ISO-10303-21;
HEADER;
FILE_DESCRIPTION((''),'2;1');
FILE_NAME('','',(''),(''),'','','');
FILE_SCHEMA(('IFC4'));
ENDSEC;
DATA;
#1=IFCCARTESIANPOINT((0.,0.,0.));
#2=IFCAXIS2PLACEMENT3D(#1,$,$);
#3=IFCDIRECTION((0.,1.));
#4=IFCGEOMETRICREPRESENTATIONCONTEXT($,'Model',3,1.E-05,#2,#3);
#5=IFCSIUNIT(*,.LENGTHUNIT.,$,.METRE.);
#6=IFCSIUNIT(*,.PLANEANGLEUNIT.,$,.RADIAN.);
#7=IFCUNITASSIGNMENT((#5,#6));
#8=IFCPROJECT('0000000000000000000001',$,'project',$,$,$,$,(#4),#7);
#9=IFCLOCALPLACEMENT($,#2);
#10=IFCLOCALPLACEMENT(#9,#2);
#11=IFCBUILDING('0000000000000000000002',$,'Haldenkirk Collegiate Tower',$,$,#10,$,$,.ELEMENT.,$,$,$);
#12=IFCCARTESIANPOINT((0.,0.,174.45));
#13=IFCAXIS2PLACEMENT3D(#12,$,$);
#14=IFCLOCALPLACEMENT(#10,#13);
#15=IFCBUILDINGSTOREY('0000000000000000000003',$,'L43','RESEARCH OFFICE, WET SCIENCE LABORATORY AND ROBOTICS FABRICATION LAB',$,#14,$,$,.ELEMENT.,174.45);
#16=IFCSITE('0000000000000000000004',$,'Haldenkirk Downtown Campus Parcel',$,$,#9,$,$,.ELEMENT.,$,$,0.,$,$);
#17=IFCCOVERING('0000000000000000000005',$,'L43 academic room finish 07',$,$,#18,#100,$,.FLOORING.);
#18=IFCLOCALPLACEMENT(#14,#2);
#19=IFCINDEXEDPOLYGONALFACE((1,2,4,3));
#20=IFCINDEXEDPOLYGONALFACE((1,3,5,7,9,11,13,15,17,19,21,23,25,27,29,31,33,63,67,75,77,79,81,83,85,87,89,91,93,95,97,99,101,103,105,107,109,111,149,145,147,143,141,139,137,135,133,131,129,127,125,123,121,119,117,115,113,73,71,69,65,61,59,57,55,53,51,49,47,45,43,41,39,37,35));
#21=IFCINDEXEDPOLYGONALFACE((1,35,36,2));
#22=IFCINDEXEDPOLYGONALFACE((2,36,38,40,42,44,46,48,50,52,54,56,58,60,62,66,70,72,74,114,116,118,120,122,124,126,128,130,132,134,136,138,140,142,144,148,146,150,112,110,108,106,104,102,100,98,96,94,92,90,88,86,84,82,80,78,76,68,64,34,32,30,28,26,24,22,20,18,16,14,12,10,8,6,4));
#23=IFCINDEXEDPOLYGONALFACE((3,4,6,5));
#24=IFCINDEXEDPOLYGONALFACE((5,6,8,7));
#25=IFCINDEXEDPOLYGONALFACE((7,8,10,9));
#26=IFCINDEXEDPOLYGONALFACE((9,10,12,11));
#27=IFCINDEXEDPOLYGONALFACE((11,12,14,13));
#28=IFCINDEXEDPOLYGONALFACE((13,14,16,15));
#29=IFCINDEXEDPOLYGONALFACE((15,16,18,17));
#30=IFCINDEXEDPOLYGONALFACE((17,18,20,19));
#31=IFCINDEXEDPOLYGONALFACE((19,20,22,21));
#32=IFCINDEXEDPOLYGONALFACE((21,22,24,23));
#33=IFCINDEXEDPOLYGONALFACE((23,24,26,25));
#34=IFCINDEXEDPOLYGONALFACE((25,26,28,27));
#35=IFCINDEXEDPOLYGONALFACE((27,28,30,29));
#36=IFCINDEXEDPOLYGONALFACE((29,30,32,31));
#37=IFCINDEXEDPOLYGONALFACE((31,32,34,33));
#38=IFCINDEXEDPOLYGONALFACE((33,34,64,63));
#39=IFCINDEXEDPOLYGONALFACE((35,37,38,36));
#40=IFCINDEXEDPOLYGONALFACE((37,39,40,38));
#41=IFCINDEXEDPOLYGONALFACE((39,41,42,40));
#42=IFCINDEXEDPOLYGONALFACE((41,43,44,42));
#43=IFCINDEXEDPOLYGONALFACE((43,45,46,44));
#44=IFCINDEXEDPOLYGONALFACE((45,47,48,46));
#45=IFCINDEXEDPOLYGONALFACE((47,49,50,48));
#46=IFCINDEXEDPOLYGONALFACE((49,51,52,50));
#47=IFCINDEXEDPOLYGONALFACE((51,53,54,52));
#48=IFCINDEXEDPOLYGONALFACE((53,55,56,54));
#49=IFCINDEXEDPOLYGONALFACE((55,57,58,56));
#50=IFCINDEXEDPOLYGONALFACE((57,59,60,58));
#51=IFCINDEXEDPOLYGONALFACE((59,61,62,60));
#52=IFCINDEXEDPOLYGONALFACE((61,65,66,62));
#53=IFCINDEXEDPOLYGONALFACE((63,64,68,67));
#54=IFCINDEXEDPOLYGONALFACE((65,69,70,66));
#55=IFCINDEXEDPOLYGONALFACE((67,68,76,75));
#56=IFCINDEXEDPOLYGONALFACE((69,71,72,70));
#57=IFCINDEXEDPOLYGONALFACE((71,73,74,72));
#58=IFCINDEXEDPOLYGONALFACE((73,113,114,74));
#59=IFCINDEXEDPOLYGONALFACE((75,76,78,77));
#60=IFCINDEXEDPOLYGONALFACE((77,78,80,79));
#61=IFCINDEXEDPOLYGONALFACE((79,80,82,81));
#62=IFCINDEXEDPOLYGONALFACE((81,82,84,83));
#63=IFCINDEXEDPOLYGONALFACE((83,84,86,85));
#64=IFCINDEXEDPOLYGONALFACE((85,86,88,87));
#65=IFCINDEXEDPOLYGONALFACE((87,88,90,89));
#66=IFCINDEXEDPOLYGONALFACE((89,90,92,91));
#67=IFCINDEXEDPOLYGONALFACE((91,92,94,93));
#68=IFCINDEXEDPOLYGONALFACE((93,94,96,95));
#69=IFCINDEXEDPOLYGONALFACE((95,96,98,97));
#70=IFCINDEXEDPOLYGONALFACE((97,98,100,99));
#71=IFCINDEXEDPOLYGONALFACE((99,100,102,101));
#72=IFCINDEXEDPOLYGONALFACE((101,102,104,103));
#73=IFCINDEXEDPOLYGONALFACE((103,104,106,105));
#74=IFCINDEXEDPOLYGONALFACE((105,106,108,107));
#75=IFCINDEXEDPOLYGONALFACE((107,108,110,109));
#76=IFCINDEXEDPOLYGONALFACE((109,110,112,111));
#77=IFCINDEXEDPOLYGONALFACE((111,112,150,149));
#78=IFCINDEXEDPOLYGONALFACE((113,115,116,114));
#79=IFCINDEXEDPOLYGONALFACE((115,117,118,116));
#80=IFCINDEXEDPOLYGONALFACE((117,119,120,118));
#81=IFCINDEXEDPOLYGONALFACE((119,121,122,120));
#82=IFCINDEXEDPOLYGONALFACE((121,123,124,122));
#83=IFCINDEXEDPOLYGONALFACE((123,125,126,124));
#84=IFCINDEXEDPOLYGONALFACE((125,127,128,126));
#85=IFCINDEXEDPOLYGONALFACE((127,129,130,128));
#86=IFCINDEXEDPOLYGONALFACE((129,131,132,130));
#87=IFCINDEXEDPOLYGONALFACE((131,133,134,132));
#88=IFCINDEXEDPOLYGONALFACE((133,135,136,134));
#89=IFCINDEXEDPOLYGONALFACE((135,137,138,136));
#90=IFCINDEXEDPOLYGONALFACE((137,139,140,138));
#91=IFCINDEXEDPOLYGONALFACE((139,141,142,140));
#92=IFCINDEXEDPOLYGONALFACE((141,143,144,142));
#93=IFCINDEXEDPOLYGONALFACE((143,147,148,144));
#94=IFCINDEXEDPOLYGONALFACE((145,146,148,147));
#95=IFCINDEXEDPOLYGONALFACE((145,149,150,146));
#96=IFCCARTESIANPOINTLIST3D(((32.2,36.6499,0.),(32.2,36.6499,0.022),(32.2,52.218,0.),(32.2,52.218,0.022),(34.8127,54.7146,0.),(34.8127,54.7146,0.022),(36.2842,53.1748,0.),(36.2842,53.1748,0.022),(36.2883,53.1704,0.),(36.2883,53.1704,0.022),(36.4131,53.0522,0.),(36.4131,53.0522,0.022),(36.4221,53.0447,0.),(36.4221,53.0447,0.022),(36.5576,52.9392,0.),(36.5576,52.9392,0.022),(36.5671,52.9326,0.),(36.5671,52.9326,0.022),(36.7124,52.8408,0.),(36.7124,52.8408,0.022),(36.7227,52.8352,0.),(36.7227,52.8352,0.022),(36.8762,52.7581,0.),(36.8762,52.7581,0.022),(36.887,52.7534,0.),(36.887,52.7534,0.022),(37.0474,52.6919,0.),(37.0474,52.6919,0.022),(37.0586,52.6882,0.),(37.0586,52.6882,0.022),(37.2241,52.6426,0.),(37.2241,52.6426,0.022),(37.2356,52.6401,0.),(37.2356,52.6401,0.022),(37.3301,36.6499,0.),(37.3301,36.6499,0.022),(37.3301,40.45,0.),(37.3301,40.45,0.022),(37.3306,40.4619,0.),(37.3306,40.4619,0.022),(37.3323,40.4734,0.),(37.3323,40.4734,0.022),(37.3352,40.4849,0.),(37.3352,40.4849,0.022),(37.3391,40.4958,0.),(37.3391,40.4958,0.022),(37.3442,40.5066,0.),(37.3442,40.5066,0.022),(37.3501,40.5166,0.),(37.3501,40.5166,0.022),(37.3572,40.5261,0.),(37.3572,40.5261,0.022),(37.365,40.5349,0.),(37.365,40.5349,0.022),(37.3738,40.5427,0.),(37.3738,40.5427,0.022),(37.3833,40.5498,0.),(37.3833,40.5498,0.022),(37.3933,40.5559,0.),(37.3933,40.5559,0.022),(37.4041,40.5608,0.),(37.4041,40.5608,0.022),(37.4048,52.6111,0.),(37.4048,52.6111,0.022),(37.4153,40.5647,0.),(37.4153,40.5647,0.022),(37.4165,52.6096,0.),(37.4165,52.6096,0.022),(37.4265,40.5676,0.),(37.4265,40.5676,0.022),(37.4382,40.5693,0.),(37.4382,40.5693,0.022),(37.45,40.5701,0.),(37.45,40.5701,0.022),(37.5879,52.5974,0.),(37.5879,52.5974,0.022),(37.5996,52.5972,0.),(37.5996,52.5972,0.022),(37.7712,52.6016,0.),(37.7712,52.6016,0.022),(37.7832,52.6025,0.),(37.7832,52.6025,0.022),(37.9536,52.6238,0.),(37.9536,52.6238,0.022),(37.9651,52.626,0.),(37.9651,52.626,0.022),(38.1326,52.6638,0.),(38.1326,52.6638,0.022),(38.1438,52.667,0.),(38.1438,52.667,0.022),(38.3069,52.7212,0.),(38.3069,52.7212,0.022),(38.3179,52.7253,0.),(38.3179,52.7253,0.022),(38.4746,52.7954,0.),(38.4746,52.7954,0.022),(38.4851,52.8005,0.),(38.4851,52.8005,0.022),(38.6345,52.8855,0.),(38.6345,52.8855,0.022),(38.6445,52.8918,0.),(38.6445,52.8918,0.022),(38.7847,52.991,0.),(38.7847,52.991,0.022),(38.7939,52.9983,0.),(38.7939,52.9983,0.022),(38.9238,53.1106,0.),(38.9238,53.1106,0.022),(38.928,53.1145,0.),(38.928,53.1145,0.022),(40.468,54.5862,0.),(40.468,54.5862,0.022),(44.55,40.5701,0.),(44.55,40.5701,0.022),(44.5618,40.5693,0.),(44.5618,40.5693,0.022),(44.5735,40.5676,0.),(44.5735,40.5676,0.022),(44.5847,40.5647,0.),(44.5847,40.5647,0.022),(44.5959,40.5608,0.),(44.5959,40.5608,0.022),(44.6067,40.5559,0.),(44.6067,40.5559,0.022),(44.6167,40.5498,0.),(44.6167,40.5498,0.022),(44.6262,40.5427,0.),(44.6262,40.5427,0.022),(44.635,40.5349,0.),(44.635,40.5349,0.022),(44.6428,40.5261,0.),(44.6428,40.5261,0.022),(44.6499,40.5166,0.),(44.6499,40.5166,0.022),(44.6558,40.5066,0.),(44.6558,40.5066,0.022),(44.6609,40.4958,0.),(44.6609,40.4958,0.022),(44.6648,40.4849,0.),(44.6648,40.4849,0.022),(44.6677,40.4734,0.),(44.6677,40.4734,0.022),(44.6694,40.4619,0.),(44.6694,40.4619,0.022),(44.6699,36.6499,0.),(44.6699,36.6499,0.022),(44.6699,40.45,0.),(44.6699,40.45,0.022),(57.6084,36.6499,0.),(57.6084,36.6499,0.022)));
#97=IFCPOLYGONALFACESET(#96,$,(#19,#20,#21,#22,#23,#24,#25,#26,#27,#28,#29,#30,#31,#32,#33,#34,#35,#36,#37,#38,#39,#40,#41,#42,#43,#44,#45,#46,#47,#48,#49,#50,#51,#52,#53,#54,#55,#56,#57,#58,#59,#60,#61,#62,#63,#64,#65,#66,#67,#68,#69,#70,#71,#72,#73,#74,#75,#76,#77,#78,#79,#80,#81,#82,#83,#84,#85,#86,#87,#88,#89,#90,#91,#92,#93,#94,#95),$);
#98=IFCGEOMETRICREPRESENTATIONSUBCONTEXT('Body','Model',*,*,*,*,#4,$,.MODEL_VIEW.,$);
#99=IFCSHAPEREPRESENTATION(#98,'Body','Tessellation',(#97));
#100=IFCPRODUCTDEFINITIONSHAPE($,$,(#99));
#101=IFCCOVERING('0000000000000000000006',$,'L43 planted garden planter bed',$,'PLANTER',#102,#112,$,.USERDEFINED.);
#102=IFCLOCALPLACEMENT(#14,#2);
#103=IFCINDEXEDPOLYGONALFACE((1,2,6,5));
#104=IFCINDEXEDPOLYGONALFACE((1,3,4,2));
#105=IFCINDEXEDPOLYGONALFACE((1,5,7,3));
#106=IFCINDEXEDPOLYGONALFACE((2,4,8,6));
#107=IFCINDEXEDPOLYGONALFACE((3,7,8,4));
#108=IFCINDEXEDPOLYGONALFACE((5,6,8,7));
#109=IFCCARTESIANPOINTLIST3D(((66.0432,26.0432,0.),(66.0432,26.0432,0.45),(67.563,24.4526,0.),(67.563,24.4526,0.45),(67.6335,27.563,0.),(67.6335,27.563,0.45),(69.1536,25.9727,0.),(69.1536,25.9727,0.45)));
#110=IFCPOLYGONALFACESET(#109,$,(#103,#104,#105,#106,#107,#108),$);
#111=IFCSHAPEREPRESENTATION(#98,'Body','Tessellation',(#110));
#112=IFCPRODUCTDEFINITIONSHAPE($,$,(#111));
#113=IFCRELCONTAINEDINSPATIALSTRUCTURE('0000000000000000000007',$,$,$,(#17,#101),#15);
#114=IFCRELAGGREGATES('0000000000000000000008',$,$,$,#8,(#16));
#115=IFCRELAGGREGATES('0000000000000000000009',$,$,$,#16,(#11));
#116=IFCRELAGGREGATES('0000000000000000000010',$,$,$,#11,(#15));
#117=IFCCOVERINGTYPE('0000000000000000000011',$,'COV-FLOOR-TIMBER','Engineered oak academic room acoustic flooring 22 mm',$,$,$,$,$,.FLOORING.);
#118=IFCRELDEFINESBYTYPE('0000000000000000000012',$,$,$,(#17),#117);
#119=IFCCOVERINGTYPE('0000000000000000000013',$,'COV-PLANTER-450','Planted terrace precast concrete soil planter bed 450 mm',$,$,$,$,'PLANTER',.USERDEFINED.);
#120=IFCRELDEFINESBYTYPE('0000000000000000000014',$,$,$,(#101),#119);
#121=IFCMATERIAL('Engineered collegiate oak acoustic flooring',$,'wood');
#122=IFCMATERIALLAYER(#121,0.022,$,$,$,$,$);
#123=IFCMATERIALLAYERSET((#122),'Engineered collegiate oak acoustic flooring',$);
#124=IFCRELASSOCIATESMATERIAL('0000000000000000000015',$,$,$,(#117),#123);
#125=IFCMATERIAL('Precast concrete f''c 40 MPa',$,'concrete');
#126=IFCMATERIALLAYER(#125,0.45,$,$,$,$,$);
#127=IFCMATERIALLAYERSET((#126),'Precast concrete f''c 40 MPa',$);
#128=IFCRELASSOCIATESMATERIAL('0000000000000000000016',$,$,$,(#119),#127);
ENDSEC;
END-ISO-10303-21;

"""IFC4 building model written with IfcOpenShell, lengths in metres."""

from ifc_helpers import new_model, si_unit, direction, frame, origin, place, context, subcontext, project, spatial, polyline, outline, extrude, material, layer, layer_set, type_object, element, save


model = new_model("IFC4")

# Units and contexts
model_context = context("Model", 3, precision=1e-05, world=origin(), true_north=direction((0.0, 1.0)))
body_context = subcontext(model_context, "Body", "Model", "MODEL_VIEW")
ifc_project = project(units=[si_unit("LENGTHUNIT", "METRE"), si_unit("PLANEANGLEUNIT", "RADIAN")], contexts=[model_context])

# Site, building, storey
site_placement = place(None, origin())
site = spatial("IfcSite", under=ifc_project, at=site_placement, Name="Haldenkirk Downtown Campus Parcel", CompositionType="ELEMENT", RefElevation=0.0)
building_placement = place(site_placement, origin())
building = spatial("IfcBuilding", under=site, at=building_placement, Name="Haldenkirk Collegiate Tower", CompositionType="ELEMENT")
storey_placement = place(building_placement, frame((0.0, 0.0, 174.45)))
storey = spatial("IfcBuildingStorey", under=building, at=storey_placement, Name="L43", Description="RESEARCH OFFICE, WET SCIENCE LABORATORY AND ROBOTICS FABRICATION LAB", CompositionType="ELEMENT", Elevation=174.45)

# Coverings
ifc_material_1 = material(Name="Engineered collegiate oak acoustic flooring", Category="wood")
ifc_layer_1 = layer(ifc_material_1, 0.022)
ifc_layer_set_1 = layer_set([ifc_layer_1], Name="Engineered collegiate oak acoustic flooring")
covering_type_1 = type_object("IfcCoveringType", Name="COV-FLOOR-TIMBER", Description="Engineered oak academic room acoustic flooring 22 mm", PredefinedType="FLOORING", material=ifc_layer_set_1)
covering_1_placement = place(storey_placement, origin())
element("IfcCovering", 1, at=covering_1_placement, inside=storey, type_object=covering_type_1, Name="L43 academic room finish 07", PredefinedType="FLOORING", context=body_context, shape_type="SweptSolid", body=[
    extrude(outline(polyline([(36.2842, 53.1748), (36.2883, 53.1704), (36.4131, 53.0522), (36.4221, 53.0447), (36.5576, 52.9392), (36.5671, 52.9326), (36.7124, 52.8408), (36.7227, 52.8352), (36.8762, 52.7581), (36.887, 52.7534), (37.0474, 52.6919), (37.0586, 52.6882), (37.2241, 52.6426), (37.2356, 52.6401), (37.4048, 52.6111), (37.4165, 52.6096), (37.5879, 52.5974), (37.5996, 52.5972), (37.7712, 52.6016), (37.7832, 52.6025), (37.9536, 52.6238), (37.9651, 52.626), (38.1326, 52.6638), (38.1438, 52.667), (38.3069, 52.7212), (38.3179, 52.7253), (38.4746, 52.7954), (38.4851, 52.8005), (38.6345, 52.8855), (38.6445, 52.8918), (38.7847, 52.991), (38.7939, 52.9983), (38.9238, 53.1106), (38.928, 53.1145), (40.468, 54.5862), (57.6084, 36.6499), (44.6699, 36.6499), (44.6699, 40.45), (44.6694, 40.4619), (44.6677, 40.4734), (44.6648, 40.4849), (44.6609, 40.4958), (44.6558, 40.5066), (44.6499, 40.5166), (44.6428, 40.5261), (44.635, 40.5349), (44.6262, 40.5427), (44.6167, 40.5498), (44.6067, 40.5559), (44.5959, 40.5608), (44.5847, 40.5647), (44.5735, 40.5676), (44.5618, 40.5693), (44.55, 40.5701), (37.45, 40.5701), (37.4382, 40.5693), (37.4265, 40.5676), (37.4153, 40.5647), (37.4041, 40.5608), (37.3933, 40.5559), (37.3833, 40.5498), (37.3738, 40.5427), (37.365, 40.5349), (37.3572, 40.5261), (37.3501, 40.5166), (37.3442, 40.5066), (37.3391, 40.4958), (37.3352, 40.4849), (37.3323, 40.4734), (37.3306, 40.4619), (37.3301, 40.45), (37.3301, 36.6499), (32.2, 36.6499), (32.2, 52.218), (34.8127, 54.7146), (36.2842, 53.1748)])), origin(), (0.0, 0.0, 1.0), 0.022),
])
ifc_material_2 = material(Name="Precast concrete f'c 40 MPa", Category="concrete")
ifc_layer_2 = layer(ifc_material_2, 0.45)
ifc_layer_set_2 = layer_set([ifc_layer_2], Name="Precast concrete f'c 40 MPa")
covering_type_2 = type_object("IfcCoveringType", Name="COV-PLANTER-450", Description="Planted terrace precast concrete soil planter bed 450 mm", ElementType="PLANTER", PredefinedType="USERDEFINED", material=ifc_layer_set_2)
covering_2_placement = place(storey_placement, origin())
element("IfcCovering", 2, at=covering_2_placement, inside=storey, type_object=covering_type_2, Name="L43 planted garden planter bed", ObjectType="PLANTER", PredefinedType="USERDEFINED", context=body_context, shape_type="SweptSolid", body=[
    extrude(outline(polyline([(67.563, 24.4526), (66.0432, 26.0432), (67.6335, 27.563), (69.1536, 25.9727), (67.563, 24.4526)])), origin(), (0.0, 0.0, 1.0), 0.45),
])

save(model, "model.ifc")
